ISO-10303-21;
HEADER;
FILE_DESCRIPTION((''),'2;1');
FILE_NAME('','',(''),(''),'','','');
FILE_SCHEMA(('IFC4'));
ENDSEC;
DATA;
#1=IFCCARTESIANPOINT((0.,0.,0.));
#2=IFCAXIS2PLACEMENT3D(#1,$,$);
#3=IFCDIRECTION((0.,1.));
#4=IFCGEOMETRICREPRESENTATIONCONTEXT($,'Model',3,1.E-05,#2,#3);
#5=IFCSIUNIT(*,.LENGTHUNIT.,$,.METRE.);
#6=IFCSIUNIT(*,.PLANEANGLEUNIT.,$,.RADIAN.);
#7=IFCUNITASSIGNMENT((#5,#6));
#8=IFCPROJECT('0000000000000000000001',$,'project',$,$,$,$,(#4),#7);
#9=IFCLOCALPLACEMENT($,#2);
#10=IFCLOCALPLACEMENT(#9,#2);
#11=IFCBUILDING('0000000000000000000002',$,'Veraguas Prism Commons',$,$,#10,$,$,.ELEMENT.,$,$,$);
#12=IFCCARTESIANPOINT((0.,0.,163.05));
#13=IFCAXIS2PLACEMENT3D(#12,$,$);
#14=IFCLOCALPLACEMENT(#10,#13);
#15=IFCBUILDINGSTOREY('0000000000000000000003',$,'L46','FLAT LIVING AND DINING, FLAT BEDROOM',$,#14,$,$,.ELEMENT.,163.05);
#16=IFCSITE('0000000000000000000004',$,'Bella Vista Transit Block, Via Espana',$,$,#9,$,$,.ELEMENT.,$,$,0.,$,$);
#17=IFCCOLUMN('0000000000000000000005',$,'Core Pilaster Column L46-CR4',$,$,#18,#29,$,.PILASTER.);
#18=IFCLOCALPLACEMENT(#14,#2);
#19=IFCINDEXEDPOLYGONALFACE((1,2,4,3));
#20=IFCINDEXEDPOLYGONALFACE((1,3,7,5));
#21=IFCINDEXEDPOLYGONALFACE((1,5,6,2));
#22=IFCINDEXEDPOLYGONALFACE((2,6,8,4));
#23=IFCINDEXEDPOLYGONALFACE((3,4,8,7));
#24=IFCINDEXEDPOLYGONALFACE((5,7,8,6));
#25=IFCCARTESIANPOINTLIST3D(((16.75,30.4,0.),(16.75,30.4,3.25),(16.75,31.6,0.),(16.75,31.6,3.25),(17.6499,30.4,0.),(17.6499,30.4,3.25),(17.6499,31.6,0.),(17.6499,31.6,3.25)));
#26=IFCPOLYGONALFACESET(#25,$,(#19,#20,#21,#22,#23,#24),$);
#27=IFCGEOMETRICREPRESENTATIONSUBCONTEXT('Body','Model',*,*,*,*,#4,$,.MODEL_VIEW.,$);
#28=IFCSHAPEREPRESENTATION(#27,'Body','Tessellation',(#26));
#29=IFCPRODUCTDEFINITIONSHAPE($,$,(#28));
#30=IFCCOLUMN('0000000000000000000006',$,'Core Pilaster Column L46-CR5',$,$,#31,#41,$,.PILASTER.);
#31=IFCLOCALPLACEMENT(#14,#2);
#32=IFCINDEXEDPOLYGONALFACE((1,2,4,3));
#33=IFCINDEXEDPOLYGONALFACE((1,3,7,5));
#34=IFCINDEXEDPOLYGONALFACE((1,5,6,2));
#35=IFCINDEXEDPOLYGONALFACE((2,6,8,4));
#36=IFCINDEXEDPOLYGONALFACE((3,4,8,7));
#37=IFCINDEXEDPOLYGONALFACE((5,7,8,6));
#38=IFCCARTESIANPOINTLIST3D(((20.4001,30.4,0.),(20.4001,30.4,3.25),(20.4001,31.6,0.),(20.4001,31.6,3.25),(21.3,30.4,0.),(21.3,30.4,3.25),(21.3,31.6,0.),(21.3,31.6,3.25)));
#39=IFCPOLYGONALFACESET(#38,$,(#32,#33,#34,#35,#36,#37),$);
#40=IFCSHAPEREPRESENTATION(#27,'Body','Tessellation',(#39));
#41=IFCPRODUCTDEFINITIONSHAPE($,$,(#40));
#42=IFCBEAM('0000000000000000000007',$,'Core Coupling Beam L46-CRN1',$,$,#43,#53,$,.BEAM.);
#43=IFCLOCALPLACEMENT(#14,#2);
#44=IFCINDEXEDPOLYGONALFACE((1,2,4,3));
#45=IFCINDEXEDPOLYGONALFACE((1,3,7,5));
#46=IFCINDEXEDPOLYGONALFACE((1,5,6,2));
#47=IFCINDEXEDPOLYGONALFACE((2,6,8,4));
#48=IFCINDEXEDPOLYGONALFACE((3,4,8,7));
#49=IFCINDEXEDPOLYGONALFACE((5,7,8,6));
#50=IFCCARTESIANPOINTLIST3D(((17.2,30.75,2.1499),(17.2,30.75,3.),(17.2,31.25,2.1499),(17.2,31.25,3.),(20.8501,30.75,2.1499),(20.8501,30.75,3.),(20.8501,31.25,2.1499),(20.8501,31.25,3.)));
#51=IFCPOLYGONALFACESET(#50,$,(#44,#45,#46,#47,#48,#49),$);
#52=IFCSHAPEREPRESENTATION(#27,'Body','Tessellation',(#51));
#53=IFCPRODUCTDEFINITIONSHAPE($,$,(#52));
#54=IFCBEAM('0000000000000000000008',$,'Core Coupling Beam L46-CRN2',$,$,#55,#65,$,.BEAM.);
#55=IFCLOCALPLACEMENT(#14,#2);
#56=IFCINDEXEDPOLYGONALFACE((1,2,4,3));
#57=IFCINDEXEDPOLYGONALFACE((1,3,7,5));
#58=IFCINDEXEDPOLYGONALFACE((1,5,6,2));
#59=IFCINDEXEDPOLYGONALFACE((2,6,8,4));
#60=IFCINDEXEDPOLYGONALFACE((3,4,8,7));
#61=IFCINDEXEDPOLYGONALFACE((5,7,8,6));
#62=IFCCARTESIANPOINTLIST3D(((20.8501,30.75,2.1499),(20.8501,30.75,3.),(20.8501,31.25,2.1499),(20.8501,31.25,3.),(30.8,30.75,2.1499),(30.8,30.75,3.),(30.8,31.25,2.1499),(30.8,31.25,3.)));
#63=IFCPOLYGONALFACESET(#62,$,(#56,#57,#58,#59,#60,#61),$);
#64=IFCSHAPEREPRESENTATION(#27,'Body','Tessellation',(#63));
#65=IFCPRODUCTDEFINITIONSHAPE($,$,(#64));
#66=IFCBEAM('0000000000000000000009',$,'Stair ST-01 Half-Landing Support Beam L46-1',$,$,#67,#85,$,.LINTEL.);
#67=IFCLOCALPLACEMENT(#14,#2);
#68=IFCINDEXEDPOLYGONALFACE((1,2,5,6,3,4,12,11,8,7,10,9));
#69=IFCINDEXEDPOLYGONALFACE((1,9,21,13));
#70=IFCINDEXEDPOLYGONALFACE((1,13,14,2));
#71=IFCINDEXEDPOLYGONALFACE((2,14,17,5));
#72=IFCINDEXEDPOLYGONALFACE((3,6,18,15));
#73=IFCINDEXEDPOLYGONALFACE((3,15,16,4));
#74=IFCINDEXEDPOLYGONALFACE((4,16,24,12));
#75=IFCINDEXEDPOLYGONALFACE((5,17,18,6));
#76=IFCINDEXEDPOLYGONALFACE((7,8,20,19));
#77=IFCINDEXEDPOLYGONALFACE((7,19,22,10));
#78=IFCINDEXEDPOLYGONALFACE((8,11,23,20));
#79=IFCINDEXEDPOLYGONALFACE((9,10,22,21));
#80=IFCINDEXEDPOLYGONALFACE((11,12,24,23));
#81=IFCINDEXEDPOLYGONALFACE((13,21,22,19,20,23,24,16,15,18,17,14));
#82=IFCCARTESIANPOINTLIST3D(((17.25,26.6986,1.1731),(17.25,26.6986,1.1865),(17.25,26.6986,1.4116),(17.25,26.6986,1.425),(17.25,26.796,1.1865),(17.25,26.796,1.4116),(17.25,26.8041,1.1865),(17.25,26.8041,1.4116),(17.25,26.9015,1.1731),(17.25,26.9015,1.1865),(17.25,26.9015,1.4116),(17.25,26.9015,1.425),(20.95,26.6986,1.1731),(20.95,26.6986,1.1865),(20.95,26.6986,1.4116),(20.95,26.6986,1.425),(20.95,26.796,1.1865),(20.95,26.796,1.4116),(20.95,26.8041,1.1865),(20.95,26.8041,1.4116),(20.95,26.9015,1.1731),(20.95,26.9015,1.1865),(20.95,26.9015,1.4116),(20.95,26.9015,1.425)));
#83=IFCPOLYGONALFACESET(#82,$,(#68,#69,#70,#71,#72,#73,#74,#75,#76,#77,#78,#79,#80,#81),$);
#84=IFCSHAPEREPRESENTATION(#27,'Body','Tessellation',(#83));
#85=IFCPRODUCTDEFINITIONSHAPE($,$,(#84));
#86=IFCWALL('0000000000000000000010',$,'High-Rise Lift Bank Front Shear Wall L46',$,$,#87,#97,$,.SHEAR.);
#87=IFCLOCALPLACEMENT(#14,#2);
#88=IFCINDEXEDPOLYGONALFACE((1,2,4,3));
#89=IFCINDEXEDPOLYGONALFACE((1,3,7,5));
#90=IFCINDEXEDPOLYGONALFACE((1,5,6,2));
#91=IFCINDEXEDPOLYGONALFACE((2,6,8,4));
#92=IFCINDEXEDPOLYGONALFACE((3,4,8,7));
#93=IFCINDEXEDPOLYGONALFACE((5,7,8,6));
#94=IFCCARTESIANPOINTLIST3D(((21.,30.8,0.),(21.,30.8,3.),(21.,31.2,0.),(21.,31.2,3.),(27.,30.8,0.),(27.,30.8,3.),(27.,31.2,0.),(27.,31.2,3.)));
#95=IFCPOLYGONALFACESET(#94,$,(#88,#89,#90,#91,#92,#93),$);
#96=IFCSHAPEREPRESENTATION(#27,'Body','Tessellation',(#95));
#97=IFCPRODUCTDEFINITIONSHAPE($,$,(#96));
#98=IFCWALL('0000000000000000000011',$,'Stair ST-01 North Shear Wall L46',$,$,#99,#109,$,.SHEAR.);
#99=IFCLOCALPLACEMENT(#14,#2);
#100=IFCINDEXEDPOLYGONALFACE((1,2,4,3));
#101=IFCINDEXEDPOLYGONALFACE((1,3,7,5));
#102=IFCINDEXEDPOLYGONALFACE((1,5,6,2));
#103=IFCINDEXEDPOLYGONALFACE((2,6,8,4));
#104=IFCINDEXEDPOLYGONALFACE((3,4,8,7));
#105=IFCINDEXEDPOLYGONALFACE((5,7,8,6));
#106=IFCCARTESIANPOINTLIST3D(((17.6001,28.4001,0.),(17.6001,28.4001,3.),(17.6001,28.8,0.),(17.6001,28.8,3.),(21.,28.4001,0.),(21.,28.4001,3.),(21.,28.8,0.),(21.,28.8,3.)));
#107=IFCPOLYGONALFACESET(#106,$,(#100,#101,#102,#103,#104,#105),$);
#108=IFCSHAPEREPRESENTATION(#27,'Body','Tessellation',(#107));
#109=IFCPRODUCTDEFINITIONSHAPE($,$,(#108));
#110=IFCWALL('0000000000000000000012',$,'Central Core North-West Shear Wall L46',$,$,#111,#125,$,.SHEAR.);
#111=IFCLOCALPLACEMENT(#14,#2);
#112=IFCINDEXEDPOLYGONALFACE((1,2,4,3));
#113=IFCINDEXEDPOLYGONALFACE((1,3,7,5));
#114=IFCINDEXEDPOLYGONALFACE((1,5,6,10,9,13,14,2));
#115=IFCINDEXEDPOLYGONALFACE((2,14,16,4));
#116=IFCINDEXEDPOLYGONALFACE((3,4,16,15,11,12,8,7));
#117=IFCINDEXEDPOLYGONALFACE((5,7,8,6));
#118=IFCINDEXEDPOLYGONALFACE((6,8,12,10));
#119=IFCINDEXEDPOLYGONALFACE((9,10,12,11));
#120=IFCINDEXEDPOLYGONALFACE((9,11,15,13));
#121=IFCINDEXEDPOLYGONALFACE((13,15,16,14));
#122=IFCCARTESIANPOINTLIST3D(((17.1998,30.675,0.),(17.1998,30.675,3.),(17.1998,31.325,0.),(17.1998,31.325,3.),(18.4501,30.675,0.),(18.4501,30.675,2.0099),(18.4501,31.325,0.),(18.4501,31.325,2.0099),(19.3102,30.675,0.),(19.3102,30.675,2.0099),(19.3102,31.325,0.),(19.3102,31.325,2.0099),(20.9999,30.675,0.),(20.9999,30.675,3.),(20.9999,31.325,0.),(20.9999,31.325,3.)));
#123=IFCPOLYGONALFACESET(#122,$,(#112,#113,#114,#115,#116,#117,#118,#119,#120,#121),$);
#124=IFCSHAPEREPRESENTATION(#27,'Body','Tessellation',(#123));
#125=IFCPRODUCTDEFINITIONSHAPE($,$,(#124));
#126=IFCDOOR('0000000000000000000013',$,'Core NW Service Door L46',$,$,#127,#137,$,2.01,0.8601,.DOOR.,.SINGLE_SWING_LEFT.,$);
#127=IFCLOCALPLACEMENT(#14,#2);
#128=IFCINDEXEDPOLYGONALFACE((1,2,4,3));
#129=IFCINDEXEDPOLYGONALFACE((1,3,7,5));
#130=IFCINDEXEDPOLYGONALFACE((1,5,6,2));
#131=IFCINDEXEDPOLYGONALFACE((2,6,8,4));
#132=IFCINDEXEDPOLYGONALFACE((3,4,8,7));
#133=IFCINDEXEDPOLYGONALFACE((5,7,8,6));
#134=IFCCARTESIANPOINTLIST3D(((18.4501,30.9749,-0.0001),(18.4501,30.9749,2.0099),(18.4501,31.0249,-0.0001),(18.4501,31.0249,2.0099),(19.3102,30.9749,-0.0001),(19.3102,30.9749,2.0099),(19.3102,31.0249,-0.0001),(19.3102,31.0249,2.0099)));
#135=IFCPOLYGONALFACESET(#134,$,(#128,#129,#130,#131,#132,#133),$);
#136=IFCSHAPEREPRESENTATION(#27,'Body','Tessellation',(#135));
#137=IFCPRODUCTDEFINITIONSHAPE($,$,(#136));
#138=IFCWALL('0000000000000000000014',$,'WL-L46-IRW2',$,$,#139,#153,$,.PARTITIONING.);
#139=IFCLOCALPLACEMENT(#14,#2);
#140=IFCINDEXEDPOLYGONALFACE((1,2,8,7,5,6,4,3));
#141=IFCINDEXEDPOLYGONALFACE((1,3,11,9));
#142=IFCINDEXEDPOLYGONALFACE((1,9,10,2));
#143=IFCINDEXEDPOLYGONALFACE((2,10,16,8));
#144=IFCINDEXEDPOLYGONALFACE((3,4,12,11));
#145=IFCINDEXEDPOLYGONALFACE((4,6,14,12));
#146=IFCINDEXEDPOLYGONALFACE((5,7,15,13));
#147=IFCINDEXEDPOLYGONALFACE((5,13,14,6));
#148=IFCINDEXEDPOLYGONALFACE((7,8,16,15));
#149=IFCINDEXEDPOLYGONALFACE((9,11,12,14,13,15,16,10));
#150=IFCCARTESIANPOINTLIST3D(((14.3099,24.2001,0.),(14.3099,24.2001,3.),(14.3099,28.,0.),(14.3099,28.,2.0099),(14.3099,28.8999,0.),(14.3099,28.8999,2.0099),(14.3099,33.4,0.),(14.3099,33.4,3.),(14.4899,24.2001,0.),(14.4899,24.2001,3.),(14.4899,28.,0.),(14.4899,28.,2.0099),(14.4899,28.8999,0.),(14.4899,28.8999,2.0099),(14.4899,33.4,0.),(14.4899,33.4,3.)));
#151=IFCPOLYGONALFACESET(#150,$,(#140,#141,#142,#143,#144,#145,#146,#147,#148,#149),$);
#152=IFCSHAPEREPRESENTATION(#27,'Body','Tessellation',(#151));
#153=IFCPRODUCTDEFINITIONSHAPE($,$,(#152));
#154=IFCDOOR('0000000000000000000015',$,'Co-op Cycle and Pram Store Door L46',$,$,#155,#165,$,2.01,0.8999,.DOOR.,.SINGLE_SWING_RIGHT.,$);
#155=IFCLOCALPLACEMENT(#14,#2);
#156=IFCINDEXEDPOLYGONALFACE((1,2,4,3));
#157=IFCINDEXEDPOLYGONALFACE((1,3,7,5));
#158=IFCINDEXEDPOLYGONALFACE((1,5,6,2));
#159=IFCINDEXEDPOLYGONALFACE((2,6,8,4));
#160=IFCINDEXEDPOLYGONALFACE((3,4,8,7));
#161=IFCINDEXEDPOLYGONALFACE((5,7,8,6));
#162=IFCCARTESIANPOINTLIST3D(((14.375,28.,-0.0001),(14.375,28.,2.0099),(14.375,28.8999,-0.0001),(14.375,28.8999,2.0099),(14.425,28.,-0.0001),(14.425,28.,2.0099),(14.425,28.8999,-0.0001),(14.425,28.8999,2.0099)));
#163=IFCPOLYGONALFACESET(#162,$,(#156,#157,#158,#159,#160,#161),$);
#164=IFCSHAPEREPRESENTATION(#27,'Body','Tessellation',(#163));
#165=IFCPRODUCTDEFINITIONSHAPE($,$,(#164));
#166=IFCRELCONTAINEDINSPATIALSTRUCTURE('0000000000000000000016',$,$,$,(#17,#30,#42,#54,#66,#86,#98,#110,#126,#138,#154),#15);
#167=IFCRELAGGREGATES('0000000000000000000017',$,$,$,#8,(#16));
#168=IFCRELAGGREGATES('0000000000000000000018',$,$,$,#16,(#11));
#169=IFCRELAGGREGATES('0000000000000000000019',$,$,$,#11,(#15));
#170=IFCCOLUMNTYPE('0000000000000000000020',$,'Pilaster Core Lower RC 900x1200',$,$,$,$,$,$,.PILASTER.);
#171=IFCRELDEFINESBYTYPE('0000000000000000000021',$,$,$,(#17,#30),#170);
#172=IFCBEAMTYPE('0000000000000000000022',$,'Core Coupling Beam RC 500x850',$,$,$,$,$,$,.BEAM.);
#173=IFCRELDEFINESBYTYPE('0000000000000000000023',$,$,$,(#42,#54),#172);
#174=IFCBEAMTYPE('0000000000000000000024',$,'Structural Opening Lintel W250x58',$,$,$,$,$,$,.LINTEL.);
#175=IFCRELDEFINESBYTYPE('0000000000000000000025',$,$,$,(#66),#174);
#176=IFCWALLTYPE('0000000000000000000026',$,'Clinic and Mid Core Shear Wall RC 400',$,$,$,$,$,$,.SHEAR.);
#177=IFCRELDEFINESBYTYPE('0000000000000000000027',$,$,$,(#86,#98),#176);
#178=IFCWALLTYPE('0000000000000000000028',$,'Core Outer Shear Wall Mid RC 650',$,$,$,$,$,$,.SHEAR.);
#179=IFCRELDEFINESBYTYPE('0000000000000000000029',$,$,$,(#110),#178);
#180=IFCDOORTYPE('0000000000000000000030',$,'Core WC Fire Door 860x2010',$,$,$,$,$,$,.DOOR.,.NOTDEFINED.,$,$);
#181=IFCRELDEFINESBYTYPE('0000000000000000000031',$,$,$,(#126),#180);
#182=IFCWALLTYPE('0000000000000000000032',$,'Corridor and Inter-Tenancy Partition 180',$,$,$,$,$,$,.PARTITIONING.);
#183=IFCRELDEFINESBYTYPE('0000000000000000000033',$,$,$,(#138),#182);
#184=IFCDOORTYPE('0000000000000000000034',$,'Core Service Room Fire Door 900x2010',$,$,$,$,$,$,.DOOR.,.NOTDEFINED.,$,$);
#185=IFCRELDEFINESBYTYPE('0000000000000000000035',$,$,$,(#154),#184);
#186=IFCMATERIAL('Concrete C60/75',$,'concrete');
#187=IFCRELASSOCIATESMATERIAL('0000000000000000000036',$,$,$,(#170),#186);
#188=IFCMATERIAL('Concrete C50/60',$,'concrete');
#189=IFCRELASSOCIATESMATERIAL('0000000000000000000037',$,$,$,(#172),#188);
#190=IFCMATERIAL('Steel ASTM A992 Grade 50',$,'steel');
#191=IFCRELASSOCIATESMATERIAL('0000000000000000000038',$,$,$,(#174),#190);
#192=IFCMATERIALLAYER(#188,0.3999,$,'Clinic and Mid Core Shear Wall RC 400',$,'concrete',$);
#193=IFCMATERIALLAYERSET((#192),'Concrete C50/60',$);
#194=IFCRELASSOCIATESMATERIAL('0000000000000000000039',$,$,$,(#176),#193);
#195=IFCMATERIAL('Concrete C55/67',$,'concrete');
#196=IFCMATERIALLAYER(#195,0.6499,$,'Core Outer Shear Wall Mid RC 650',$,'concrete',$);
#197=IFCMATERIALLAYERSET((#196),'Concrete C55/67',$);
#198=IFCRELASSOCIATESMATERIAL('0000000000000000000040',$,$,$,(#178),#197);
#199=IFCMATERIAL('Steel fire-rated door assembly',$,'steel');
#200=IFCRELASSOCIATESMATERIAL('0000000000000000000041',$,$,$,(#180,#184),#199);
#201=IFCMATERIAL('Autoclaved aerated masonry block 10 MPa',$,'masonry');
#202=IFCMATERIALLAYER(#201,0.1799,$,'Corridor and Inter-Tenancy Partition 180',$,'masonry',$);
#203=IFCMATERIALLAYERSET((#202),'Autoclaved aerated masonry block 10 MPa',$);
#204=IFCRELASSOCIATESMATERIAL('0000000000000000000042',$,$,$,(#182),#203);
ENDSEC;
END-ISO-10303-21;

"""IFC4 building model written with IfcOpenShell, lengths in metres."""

from ifc_helpers import new_model, si_unit, direction, frame, frame_2d, origin, origin_2d, place, context, subcontext, project, spatial, rectangle, i_section, extrude, source, transform, mapped, material, layer, layer_set, material_profile, profile_set, type_object, element, fill, save


model = new_model("IFC4")

# Units and contexts
model_context = context("Model", 3, precision=1e-05, world=origin(), true_north=direction((0.0, 1.0)))
body_context = subcontext(model_context, "Body", "Model", "MODEL_VIEW")
ifc_project = project(units=[si_unit("LENGTHUNIT", "METRE"), si_unit("PLANEANGLEUNIT", "RADIAN")], contexts=[model_context])

# Site, building, storey
site_placement = place(None, origin())
site = spatial("IfcSite", under=ifc_project, at=site_placement, Name="Bella Vista Transit Block, Via Espana", CompositionType="ELEMENT", RefElevation=0.0)
building_placement = place(site_placement, origin())
building = spatial("IfcBuilding", under=site, at=building_placement, Name="Veraguas Prism Commons", CompositionType="ELEMENT")
storey_placement = place(building_placement, frame((0.0, 0.0, 163.05)))
storey = spatial("IfcBuildingStorey", under=building, at=storey_placement, Name="L46", Description="FLAT LIVING AND DINING, FLAT BEDROOM", CompositionType="ELEMENT", Elevation=163.05)

# Columns
ifc_material_1 = material(Name="Concrete C60/75", Category="concrete")
ifc_material_profile_1 = material_profile(ifc_material_1, rectangle(XDim=0.8999, YDim=1.2, at=origin_2d()), Name="RC900X1200")
ifc_profile_set_1 = profile_set([ifc_material_profile_1], Name="Concrete C60/75")
column_type = type_object("IfcColumnType", Name="Pilaster Core Lower RC 900x1200", PredefinedType="PILASTER", material=ifc_profile_set_1)
for number, where, z_axis, x_axis, name in (
    (1, (17.2, 31.0, 0.0), (0.0, 0.0, 1.0), (1.0, 0.0, 0.0), "Core Pilaster Column L46-CR4"),
    (2, (20.8501, 31.0, 0.0), (0.0, 0.0, 1.0), (1.0, 0.0, 0.0), "Core Pilaster Column L46-CR5"),
):
    element("IfcColumn", number, at=place(storey_placement, frame(where, z_axis=z_axis, x_axis=x_axis)), inside=storey, type_object=column_type, Name=name, PredefinedType="PILASTER", context=body_context, shape_type="SweptSolid", body=[
        extrude(rectangle(XDim=0.8999, YDim=1.2, at=origin_2d()), origin(), (0.0, 0.0, 1.0), 3.25),
    ])

# Beams
ifc_material_2 = material(Name="Concrete C50/60", Category="concrete")
ifc_material_profile_2 = material_profile(ifc_material_2, rectangle(XDim=0.5, YDim=0.8501, at=origin_2d()), Name="RC500X850")
ifc_profile_set_2 = profile_set([ifc_material_profile_2], Name="Concrete C50/60")
beam_type_1 = type_object("IfcBeamType", Name="Core Coupling Beam RC 500x850", PredefinedType="BEAM", material=ifc_profile_set_2)
beam_1_placement = place(storey_placement, frame((17.2, 31.0, 2.575), z_axis=(1.0, 0.0, 0.0), x_axis=(0.0, 1.0, 0.0)))
element("IfcBeam", 3, at=beam_1_placement, inside=storey, type_object=beam_type_1, Name="Core Coupling Beam L46-CRN1", PredefinedType="BEAM", context=body_context, shape_type="SweptSolid", body=[
    extrude(rectangle(XDim=0.5, YDim=0.8501, at=origin_2d()), origin(), (0.0, 0.0, 1.0), 3.6501),
])
beam_2_placement = place(storey_placement, frame((20.8501, 31.0, 2.575), z_axis=(1.0, 0.0, 0.0), x_axis=(0.0, 1.0, 0.0)))
element("IfcBeam", 4, at=beam_2_placement, inside=storey, type_object=beam_type_1, Name="Core Coupling Beam L46-CRN2", PredefinedType="BEAM", context=body_context, shape_type="SweptSolid", body=[
    extrude(rectangle(XDim=0.5, YDim=0.8501, at=origin_2d()), origin(), (0.0, 0.0, 1.0), 9.95),
])
ifc_material_3 = material(Name="Steel ASTM A992 Grade 50", Category="steel")
ifc_material_profile_3 = material_profile(ifc_material_3, i_section(OverallWidth=0.2029, OverallDepth=0.252, WebThickness=0.0081, FlangeThickness=0.0134, at=origin_2d()), Name="W250X58")
ifc_profile_set_3 = profile_set([ifc_material_profile_3], Name="Steel ASTM A992 Grade 50")
beam_type_2 = type_object("IfcBeamType", Name="Structural Opening Lintel W250x58", PredefinedType="LINTEL", material=ifc_profile_set_3)
beam_3_placement = place(storey_placement, frame((17.25, 26.8, 1.2991), z_axis=(1.0, 0.0, 0.0), x_axis=(0.0, 1.0, 0.0)))
element("IfcBeam", 5, at=beam_3_placement, inside=storey, type_object=beam_type_2, Name="Stair ST-01 Half-Landing Support Beam L46-1", PredefinedType="LINTEL", context=body_context, shape_type="SweptSolid", body=[
    extrude(i_section(OverallWidth=0.2029, OverallDepth=0.252, WebThickness=0.0081, FlangeThickness=0.0134, at=origin_2d()), origin(), (0.0, 0.0, 1.0), 3.7),
])

# Walls
ifc_layer_1 = layer(ifc_material_2, 0.3999, Name="Clinic and Mid Core Shear Wall RC 400", Category="concrete")
ifc_layer_set_1 = layer_set([ifc_layer_1], Name="Concrete C50/60")
wall_type_1 = type_object("IfcWallType", Name="Clinic and Mid Core Shear Wall RC 400", PredefinedType="SHEAR", material=ifc_layer_set_1)
wall_1_placement = place(storey_placement, frame((21.0, 31.0, 0.0), z_axis=(0.0, 0.0, 1.0), x_axis=(1.0, 0.0, 0.0)))
element("IfcWall", 6, at=wall_1_placement, inside=storey, type_object=wall_type_1, Name="High-Rise Lift Bank Front Shear Wall L46", PredefinedType="SHEAR", context=body_context, shape_type="SweptSolid", body=[
    extrude(rectangle(XDim=6.0, YDim=0.3999, at=frame_2d((3.0, 0.0))), origin(), (0.0, 0.0, 1.0), 3.0),
])
wall_2_placement = place(storey_placement, frame((17.6001, 28.6001, 0.0), z_axis=(0.0, 0.0, 1.0), x_axis=(1.0, 0.0, 0.0)))
element("IfcWall", 7, at=wall_2_placement, inside=storey, type_object=wall_type_1, Name="Stair ST-01 North Shear Wall L46", PredefinedType="SHEAR", context=body_context, shape_type="SweptSolid", body=[
    extrude(rectangle(XDim=3.3999, YDim=0.3999, at=frame_2d((1.7, 0.0))), origin(), (0.0, 0.0, 1.0), 3.0),
])

# Walls, openings, doors
ifc_material_4 = material(Name="Concrete C55/67", Category="concrete")
ifc_layer_2 = layer(ifc_material_4, 0.6499, Name="Core Outer Shear Wall Mid RC 650", Category="concrete")
ifc_layer_set_2 = layer_set([ifc_layer_2], Name="Concrete C55/67")
wall_type_2 = type_object("IfcWallType", Name="Core Outer Shear Wall Mid RC 650", PredefinedType="SHEAR", material=ifc_layer_set_2)
wall_3_placement = place(storey_placement, frame((17.2, 31.0, 0.0), z_axis=(0.0, 0.0, 1.0), x_axis=(1.0, 0.0, 0.0)))
wall_3 = element("IfcWall", 8, at=wall_3_placement, inside=storey, type_object=wall_type_2, Name="Central Core North-West Shear Wall L46", PredefinedType="SHEAR", context=body_context, shape_type="SweptSolid", body=[
    extrude(rectangle(XDim=3.8, YDim=0.6499, at=frame_2d((1.8999, 0.0))), origin(), (0.0, 0.0, 1.0), 3.0),
])
opening_1_placement = place(wall_3_placement, frame((1.25, 0.0, 0.0)))
opening_1 = element("IfcOpeningElement", 9, at=opening_1_placement, cuts=wall_3, PredefinedType="OPENING", context=body_context, shape_type="SweptSolid", body=[
    extrude(rectangle(XDim=0.8601, YDim=2.01, at=frame_2d((0.4302, 1.0049))), frame((0.0, 0.335, 0.0), z_axis=(0.0, -1.0, 0.0), x_axis=(1.0, 0.0, 0.0)), (0.0, 0.0, 1.0), 0.6699),
])
ifc_material_5 = material(Name="Steel fire-rated door assembly", Category="steel")
door_type_1 = type_object("IfcDoorType", Name="Core WC Fire Door 860x2010", OperationType="NOTDEFINED", PredefinedType="DOOR", material=ifc_material_5)
shared_shape_1 = source(origin(), body_context, "Body", "SweptSolid", [
    extrude(rectangle(XDim=0.8601, YDim=2.01, at=frame_2d((0.4302, 1.0049))), frame((0.0, 0.0249, 0.0), z_axis=(0.0, -1.0, 0.0), x_axis=(1.0, 0.0, 0.0)), (0.0, 0.0, 1.0), 0.05),
])
door_1_placement = place(opening_1_placement, origin())
door_1 = element("IfcDoor", 10, at=door_1_placement, inside=storey, type_object=door_type_1, Name="Core NW Service Door L46", OperationType="SINGLE_SWING_LEFT", OverallHeight=2.01, OverallWidth=0.8601, PredefinedType="DOOR", context=body_context, shape_type="MappedRepresentation", body=[
    mapped(shared_shape_1, transform((0.0, 0.0, 0.0), scale=1.0)),
])
fill(opening_1, door_1)
ifc_material_6 = material(Name="Autoclaved aerated masonry block 10 MPa", Category="masonry")
ifc_layer_3 = layer(ifc_material_6, 0.1799, Name="Corridor and Inter-Tenancy Partition 180", Category="masonry")
ifc_layer_set_3 = layer_set([ifc_layer_3], Name="Autoclaved aerated masonry block 10 MPa")
wall_type_3 = type_object("IfcWallType", Name="Corridor and Inter-Tenancy Partition 180", PredefinedType="PARTITIONING", material=ifc_layer_set_3)
wall_4_placement = place(storey_placement, frame((14.3999, 24.2, 0.0), z_axis=(0.0, 0.0, 1.0), x_axis=(0.0, 1.0, 0.0)))
wall_4 = element("IfcWall", 11, at=wall_4_placement, inside=storey, type_object=wall_type_3, Name="WL-L46-IRW2", PredefinedType="PARTITIONING", context=body_context, shape_type="SweptSolid", body=[
    extrude(rectangle(XDim=9.2, YDim=0.1799, at=frame_2d((4.6001, 0.0))), origin(), (0.0, 0.0, 1.0), 3.0),
])
opening_2_placement = place(wall_4_placement, frame((3.8, 0.0, 0.0)))
opening_2 = element("IfcOpeningElement", 12, at=opening_2_placement, cuts=wall_4, PredefinedType="OPENING", context=body_context, shape_type="SweptSolid", body=[
    extrude(rectangle(XDim=0.8999, YDim=2.01, at=frame_2d((0.45, 1.0049))), frame((0.0, 0.0999, 0.0), z_axis=(0.0, -1.0, 0.0), x_axis=(1.0, 0.0, 0.0)), (0.0, 0.0, 1.0), 0.2),
])
door_type_2 = type_object("IfcDoorType", Name="Core Service Room Fire Door 900x2010", OperationType="NOTDEFINED", PredefinedType="DOOR", material=ifc_material_5)
shared_shape_2 = source(origin(), body_context, "Body", "SweptSolid", [
    extrude(rectangle(XDim=0.8999, YDim=2.01, at=frame_2d((0.45, 1.0049))), frame((0.0, 0.0249, 0.0), z_axis=(0.0, -1.0, 0.0), x_axis=(1.0, 0.0, 0.0)), (0.0, 0.0, 1.0), 0.05),
])
door_2_placement = place(opening_2_placement, origin())
door_2 = element("IfcDoor", 13, at=door_2_placement, inside=storey, type_object=door_type_2, Name="Co-op Cycle and Pram Store Door L46", OperationType="SINGLE_SWING_RIGHT", OverallHeight=2.01, OverallWidth=0.8999, PredefinedType="DOOR", context=body_context, shape_type="MappedRepresentation", body=[
    mapped(shared_shape_2, transform((0.0, 0.0, 0.0), scale=1.0)),
])
fill(opening_2, door_2)

save(model, "model.ifc")
